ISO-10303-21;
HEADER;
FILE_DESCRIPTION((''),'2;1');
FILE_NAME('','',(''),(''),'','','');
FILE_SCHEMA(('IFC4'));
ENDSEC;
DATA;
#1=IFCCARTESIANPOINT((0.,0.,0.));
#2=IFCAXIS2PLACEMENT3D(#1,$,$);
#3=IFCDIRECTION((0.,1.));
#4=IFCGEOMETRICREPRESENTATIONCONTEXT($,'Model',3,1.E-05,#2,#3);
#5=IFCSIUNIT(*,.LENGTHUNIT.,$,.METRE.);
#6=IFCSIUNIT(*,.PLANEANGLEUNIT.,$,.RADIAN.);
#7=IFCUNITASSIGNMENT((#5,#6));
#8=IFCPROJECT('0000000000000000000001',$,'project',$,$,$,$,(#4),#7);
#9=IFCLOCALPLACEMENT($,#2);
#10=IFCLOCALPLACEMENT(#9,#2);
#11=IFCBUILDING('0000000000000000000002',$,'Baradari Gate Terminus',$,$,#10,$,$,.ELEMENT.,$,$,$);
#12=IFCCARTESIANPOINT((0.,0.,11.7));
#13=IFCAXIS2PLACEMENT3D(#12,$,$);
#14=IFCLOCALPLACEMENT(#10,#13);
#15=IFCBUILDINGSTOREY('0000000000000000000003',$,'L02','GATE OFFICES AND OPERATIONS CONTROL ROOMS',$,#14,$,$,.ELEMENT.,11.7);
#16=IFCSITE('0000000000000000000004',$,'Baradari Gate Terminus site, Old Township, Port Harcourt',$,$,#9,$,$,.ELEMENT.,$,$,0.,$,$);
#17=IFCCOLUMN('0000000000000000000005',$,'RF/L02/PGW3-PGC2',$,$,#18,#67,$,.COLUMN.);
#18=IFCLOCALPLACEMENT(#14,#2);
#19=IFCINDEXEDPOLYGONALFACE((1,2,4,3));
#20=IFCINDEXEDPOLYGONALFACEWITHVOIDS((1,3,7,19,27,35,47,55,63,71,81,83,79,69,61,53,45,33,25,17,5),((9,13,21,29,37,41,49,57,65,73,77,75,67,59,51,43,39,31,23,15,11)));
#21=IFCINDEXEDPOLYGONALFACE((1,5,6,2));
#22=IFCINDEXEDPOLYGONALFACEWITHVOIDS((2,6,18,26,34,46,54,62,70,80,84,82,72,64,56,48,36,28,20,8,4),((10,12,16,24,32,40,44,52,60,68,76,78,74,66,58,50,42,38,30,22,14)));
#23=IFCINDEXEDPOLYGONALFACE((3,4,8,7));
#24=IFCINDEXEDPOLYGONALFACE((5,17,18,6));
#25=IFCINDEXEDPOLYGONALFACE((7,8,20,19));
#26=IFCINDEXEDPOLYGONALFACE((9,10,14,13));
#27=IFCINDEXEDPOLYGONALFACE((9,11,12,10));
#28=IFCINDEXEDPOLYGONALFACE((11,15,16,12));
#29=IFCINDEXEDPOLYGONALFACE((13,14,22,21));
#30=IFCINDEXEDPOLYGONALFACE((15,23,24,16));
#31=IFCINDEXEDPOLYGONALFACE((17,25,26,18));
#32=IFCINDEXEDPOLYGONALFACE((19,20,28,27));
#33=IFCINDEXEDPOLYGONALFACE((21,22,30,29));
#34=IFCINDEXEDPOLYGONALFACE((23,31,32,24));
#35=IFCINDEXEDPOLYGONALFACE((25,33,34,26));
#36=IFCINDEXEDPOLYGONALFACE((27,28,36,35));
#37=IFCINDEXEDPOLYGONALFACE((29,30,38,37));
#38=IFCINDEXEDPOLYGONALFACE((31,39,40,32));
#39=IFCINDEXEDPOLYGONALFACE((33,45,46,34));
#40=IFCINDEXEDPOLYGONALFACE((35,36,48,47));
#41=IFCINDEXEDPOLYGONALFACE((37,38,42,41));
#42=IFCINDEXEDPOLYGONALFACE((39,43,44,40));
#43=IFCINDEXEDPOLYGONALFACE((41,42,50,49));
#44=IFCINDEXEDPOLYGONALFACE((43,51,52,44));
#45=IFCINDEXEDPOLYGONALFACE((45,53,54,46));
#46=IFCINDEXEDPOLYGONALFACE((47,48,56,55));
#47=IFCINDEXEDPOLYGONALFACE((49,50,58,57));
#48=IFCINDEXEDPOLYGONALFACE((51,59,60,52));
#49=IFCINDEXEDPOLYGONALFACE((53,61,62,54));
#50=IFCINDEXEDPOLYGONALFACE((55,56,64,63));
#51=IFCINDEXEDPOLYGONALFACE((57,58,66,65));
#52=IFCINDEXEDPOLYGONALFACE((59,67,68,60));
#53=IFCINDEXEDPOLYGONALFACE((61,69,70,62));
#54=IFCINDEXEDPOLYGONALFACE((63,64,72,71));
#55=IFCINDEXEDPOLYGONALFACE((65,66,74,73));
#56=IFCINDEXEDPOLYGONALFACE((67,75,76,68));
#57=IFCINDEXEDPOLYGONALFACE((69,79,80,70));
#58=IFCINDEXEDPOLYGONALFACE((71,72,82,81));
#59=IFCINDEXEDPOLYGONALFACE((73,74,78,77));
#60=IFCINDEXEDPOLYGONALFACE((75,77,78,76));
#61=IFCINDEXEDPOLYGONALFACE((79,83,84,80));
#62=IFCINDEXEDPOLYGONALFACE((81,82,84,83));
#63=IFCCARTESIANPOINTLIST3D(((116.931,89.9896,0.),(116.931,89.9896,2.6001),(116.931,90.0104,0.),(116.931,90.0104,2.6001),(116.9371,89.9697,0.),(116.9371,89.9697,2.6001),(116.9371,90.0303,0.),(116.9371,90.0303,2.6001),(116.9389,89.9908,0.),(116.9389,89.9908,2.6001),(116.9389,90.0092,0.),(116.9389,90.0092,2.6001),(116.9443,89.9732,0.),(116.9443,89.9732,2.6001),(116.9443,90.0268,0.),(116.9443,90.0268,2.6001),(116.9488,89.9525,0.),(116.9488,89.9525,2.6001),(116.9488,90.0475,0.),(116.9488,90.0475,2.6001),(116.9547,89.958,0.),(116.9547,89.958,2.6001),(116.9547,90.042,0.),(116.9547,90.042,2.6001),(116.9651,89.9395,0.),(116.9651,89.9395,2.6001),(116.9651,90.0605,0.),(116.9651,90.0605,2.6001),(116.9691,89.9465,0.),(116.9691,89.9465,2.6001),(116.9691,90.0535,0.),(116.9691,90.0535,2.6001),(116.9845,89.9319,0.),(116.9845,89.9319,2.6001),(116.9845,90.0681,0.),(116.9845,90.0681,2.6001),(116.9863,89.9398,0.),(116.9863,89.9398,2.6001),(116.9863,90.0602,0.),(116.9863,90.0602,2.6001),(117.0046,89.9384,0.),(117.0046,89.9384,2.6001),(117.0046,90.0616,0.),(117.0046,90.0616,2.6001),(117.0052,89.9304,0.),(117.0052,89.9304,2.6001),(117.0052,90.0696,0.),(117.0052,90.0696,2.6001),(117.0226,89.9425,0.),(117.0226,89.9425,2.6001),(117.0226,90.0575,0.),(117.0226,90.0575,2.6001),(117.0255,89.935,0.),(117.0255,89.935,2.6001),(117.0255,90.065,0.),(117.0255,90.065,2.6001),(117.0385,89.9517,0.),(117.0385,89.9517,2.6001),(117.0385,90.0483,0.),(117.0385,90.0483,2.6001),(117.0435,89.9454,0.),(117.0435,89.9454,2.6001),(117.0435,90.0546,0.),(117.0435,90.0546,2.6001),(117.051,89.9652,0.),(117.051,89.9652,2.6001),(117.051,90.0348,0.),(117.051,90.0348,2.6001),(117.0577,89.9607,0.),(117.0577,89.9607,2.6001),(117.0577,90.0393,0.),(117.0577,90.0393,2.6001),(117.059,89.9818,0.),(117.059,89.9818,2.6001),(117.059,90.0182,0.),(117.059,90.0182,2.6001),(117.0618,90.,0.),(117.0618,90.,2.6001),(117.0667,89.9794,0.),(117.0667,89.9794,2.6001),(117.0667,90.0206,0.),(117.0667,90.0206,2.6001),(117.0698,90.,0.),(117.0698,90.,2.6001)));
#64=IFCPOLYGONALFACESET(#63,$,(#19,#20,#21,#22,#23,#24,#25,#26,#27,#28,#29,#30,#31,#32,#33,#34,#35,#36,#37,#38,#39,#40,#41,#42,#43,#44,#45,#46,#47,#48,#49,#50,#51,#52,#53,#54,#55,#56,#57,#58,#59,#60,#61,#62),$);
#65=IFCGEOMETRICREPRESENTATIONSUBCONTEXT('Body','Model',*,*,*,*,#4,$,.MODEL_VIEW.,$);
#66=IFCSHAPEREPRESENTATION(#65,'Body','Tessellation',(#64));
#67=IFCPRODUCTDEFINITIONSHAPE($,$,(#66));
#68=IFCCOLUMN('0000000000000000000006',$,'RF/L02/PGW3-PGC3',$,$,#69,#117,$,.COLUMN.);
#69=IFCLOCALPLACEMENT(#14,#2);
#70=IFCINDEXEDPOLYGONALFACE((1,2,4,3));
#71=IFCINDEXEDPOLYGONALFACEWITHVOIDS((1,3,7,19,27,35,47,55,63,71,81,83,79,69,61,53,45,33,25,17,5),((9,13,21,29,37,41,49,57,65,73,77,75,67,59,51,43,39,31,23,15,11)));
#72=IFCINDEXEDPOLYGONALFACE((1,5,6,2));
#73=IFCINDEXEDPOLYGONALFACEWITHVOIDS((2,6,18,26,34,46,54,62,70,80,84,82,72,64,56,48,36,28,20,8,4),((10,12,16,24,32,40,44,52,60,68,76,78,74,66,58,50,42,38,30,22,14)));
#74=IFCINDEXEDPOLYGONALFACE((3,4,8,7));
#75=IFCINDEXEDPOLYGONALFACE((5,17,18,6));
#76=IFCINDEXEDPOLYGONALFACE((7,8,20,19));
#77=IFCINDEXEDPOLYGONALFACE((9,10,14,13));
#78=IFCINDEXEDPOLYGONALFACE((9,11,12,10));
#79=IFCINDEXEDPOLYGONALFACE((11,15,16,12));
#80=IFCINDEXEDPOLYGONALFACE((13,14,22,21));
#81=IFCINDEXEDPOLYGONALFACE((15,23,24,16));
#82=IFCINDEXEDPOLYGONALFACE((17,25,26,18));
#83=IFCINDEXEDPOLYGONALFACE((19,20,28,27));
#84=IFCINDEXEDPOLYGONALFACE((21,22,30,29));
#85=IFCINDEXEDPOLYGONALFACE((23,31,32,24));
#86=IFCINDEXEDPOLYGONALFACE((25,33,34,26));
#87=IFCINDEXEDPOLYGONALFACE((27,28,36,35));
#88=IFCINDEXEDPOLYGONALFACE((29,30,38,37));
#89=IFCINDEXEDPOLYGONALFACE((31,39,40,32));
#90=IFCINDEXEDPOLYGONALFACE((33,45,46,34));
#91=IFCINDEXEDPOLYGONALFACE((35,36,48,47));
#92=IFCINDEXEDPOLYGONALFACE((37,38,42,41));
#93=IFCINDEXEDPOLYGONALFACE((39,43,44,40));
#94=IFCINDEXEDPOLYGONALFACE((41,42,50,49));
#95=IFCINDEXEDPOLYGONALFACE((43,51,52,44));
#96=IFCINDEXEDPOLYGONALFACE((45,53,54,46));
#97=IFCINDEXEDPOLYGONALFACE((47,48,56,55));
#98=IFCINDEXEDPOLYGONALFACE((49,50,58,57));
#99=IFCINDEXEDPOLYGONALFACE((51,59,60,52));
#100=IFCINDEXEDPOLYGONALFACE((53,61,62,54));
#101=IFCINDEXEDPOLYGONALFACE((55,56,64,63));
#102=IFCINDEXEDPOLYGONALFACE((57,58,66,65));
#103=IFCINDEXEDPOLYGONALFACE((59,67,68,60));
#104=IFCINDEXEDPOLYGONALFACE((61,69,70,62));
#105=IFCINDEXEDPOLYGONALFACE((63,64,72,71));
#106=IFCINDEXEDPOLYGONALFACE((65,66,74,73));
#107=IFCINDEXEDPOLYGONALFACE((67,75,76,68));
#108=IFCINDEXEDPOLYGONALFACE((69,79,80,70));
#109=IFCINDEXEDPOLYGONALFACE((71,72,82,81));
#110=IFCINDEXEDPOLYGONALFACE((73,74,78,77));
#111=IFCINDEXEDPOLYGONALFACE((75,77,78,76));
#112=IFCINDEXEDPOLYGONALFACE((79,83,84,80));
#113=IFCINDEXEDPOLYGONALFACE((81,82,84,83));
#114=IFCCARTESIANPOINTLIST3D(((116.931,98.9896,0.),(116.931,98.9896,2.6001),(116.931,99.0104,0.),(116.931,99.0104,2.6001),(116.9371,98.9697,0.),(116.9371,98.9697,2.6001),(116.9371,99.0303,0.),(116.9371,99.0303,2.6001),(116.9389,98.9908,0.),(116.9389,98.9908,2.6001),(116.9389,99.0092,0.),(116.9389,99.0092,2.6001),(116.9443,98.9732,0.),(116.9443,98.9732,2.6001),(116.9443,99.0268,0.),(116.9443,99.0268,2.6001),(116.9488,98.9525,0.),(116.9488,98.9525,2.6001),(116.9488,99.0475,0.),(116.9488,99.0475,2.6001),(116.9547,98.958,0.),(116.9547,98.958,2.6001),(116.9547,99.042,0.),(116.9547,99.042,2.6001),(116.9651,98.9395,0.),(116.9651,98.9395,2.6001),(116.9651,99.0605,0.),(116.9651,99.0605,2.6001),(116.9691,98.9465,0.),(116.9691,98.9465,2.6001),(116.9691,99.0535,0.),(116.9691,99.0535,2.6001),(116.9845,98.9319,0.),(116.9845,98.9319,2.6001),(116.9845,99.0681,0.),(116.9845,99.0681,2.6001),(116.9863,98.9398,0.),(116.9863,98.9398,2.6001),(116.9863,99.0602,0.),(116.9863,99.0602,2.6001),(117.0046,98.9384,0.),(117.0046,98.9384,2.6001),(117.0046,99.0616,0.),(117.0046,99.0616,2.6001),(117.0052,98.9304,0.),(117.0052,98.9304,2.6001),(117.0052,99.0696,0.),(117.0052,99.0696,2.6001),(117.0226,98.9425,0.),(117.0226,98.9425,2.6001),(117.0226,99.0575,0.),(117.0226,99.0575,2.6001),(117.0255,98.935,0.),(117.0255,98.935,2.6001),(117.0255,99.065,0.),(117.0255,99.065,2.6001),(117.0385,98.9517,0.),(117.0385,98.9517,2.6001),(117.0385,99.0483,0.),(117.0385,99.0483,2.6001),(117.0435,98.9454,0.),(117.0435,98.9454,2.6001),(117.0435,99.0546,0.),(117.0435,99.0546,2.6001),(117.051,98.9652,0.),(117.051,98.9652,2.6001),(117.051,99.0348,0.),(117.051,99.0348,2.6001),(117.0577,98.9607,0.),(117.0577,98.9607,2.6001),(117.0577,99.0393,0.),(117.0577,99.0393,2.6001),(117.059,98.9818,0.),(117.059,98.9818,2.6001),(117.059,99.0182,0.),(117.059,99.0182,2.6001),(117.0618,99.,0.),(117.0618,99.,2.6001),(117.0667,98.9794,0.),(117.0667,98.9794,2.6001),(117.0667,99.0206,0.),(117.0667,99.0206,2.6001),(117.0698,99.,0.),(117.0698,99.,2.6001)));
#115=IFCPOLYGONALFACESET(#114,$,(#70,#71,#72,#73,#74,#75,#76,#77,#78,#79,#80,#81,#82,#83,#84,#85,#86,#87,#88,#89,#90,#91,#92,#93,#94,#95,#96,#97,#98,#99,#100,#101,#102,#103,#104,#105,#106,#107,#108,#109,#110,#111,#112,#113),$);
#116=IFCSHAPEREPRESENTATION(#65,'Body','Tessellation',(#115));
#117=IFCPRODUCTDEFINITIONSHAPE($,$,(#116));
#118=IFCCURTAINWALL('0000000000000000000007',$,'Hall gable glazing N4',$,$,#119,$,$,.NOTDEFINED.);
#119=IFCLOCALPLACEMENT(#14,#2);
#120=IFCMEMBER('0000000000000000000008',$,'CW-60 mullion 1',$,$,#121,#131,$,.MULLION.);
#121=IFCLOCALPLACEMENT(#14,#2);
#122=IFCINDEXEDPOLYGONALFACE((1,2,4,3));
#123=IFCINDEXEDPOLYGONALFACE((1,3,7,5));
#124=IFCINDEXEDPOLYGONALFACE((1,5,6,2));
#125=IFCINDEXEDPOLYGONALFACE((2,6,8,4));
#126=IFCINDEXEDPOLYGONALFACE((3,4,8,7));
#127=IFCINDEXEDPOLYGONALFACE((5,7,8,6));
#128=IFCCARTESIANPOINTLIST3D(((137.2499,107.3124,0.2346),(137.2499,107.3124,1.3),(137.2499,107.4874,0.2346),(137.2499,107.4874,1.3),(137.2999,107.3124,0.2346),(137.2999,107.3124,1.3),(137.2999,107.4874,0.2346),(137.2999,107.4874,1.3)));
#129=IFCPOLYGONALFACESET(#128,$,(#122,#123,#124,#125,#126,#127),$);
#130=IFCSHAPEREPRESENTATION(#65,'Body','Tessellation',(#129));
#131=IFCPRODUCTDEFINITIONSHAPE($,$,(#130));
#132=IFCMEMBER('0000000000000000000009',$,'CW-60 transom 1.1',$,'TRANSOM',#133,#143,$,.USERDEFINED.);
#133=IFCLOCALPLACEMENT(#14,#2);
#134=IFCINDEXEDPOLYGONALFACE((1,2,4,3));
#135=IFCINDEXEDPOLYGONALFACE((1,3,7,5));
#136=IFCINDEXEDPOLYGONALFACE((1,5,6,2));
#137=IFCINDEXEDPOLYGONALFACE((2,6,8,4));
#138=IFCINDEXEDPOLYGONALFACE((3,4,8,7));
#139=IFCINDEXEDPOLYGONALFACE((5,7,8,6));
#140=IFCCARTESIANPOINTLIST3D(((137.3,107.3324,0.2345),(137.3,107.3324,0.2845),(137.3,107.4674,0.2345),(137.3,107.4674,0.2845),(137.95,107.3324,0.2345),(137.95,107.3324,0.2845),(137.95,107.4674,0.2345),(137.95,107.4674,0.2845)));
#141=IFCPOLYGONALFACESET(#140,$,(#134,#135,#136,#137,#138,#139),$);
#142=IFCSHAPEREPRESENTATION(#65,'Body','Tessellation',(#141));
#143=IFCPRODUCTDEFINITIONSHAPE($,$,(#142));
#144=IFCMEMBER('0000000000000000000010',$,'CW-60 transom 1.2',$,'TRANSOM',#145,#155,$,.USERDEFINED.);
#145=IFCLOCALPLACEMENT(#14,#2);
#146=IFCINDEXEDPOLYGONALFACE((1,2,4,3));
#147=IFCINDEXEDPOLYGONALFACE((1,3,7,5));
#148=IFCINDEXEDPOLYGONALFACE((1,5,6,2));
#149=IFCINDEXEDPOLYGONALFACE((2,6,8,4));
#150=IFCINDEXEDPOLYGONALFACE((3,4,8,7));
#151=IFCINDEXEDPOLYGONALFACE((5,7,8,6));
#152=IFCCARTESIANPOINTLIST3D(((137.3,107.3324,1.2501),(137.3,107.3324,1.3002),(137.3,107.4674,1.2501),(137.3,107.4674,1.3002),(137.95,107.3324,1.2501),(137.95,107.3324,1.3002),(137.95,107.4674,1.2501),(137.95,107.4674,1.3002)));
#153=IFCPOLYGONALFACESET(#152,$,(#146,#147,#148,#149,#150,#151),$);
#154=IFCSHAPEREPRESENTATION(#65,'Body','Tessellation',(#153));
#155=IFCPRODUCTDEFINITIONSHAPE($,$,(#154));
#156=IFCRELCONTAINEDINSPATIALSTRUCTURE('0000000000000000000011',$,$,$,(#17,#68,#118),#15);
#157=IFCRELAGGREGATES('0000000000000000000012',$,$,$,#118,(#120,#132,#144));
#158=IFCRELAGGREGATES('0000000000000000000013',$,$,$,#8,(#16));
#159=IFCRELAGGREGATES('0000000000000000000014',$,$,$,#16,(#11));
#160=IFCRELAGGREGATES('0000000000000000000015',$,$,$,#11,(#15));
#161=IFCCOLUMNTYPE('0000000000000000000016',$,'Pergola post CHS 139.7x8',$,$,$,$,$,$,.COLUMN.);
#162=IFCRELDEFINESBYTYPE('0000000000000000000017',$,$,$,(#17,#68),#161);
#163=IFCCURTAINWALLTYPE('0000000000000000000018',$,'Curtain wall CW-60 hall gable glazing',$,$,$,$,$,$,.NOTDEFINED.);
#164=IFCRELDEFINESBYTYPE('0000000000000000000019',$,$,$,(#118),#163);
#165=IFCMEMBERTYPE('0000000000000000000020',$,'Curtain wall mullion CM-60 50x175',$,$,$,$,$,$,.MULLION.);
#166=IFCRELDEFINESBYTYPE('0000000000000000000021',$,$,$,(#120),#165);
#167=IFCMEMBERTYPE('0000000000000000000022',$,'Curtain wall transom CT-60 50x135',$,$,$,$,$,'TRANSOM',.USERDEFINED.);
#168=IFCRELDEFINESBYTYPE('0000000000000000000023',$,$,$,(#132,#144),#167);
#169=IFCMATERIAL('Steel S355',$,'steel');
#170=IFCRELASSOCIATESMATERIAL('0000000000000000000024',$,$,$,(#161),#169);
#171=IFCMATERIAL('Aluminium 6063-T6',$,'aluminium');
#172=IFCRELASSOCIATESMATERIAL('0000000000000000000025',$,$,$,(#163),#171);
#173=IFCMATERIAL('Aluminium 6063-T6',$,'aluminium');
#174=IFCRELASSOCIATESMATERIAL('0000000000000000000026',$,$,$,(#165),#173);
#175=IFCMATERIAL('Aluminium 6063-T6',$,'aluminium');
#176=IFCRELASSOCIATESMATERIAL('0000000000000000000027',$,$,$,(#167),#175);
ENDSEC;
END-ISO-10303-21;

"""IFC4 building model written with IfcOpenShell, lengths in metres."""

from ifc_helpers import new_model, si_unit, direction, frame, origin, origin_2d, place, context, subcontext, project, spatial, rectangle, hollow_circle, extrude, material, material_profile, profile_set, type_object, element, aggregate, save


model = new_model("IFC4")

# Units and contexts
model_context = context("Model", 3, precision=1e-05, world=origin(), true_north=direction((0.0, 1.0)))
body_context = subcontext(model_context, "Body", "Model", "MODEL_VIEW")
ifc_project = project(units=[si_unit("LENGTHUNIT", "METRE"), si_unit("PLANEANGLEUNIT", "RADIAN")], contexts=[model_context])

# Site, building, storey
site_placement = place(None, origin())
site = spatial("IfcSite", under=ifc_project, at=site_placement, Name="Baradari Gate Terminus site, Old Township, Port Harcourt", CompositionType="ELEMENT", RefElevation=0.0)
building_placement = place(site_placement, origin())
building = spatial("IfcBuilding", under=site, at=building_placement, Name="Baradari Gate Terminus", CompositionType="ELEMENT")
storey_placement = place(building_placement, frame((0.0, 0.0, 11.7)))
storey = spatial("IfcBuildingStorey", under=building, at=storey_placement, Name="L02", Description="GATE OFFICES AND OPERATIONS CONTROL ROOMS", CompositionType="ELEMENT", Elevation=11.7)

# Columns
ifc_material_1 = material(Name="Steel S355", Category="steel")
ifc_material_profile_1 = material_profile(ifc_material_1, hollow_circle(Radius=0.0698, WallThickness=0.0081, at=origin_2d()), Name="CHS 139.7x8")
ifc_profile_set_1 = profile_set([ifc_material_profile_1], Name="Steel S355")
column_type = type_object("IfcColumnType", Name="Pergola post CHS 139.7x8", PredefinedType="COLUMN", material=ifc_profile_set_1)
for number, where, z_axis, x_axis, name in (
    (1, (117.0, 90.0, 0.0), (0.0, 0.0, 1.0), (1.0, 0.0, 0.0), "RF/L02/PGW3-PGC2"),
    (2, (117.0, 99.0, 0.0), (0.0, 0.0, 1.0), (1.0, 0.0, 0.0), "RF/L02/PGW3-PGC3"),
):
    element("IfcColumn", number, at=place(storey_placement, frame(where, z_axis=z_axis, x_axis=x_axis)), inside=storey, type_object=column_type, Name=name, PredefinedType="COLUMN", context=body_context, shape_type="SweptSolid", body=[
        extrude(hollow_circle(Radius=0.0698, WallThickness=0.0081, at=origin_2d()), origin(), (0.0, 0.0, 1.0), 2.6001),
    ])

# Curtain wall, members
ifc_material_2 = material(Name="Aluminium 6063-T6", Category="aluminium")
curtain_wall_type = type_object("IfcCurtainWallType", Name="Curtain wall CW-60 hall gable glazing", PredefinedType="NOTDEFINED", material=ifc_material_2)
curtain_wall_placement = place(storey_placement, origin())
curtain_wall = element("IfcCurtainWall", 3, at=curtain_wall_placement, inside=storey, type_object=curtain_wall_type, Name="Hall gable glazing N4", PredefinedType="NOTDEFINED")
ifc_material_3 = material(Name="Aluminium 6063-T6", Category="aluminium")
ifc_material_profile_2 = material_profile(ifc_material_3, rectangle(XDim=0.175, YDim=0.05, at=origin_2d()), Name="CM-60 50X175")
ifc_profile_set_2 = profile_set([ifc_material_profile_2], Name="Aluminium 6063-T6")
member_type_1 = type_object("IfcMemberType", Name="Curtain wall mullion CM-60 50x175", PredefinedType="MULLION", material=ifc_profile_set_2)
member_1_placement = place(storey_placement, frame((137.2749, 107.3999, 0.2346), z_axis=(0.0, 0.0, 1.0), x_axis=(0.0, 1.0, 0.0)))
member_1 = element("IfcMember", 4, at=member_1_placement, type_object=member_type_1, Name="CW-60 mullion 1", PredefinedType="MULLION", context=body_context, shape_type="SweptSolid", body=[
    extrude(rectangle(XDim=0.175, YDim=0.05, at=origin_2d()), origin(), (0.0, 0.0, 1.0), 1.0654),
])
ifc_material_4 = material(Name="Aluminium 6063-T6", Category="aluminium")
ifc_material_profile_3 = material_profile(ifc_material_4, rectangle(XDim=0.135, YDim=0.05, at=origin_2d()), Name="CT-60 50X135")
ifc_profile_set_3 = profile_set([ifc_material_profile_3], Name="Aluminium 6063-T6")
member_type_2 = type_object("IfcMemberType", Name="Curtain wall transom CT-60 50x135", ElementType="TRANSOM", PredefinedType="USERDEFINED", material=ifc_profile_set_3)
member_2_placement = place(storey_placement, frame((137.3, 107.3999, 0.2595), z_axis=(1.0, 0.0, 0.0), x_axis=(0.0, 1.0, 0.0)))
member_2 = element("IfcMember", 5, at=member_2_placement, type_object=member_type_2, Name="CW-60 transom 1.1", ObjectType="TRANSOM", PredefinedType="USERDEFINED", context=body_context, shape_type="SweptSolid", body=[
    extrude(rectangle(XDim=0.135, YDim=0.05, at=origin_2d()), origin(), (0.0, 0.0, 1.0), 0.6499),
])
member_3_placement = place(storey_placement, frame((137.3, 107.3999, 1.2751), z_axis=(1.0, 0.0, 0.0), x_axis=(0.0, 1.0, 0.0)))
member_3 = element("IfcMember", 6, at=member_3_placement, type_object=member_type_2, Name="CW-60 transom 1.2", ObjectType="TRANSOM", PredefinedType="USERDEFINED", context=body_context, shape_type="SweptSolid", body=[
    extrude(rectangle(XDim=0.135, YDim=0.05, at=origin_2d()), origin(), (0.0, 0.0, 1.0), 0.6499),
])

aggregate(curtain_wall, [member_1, member_2, member_3])

save(model, "model.ifc")
